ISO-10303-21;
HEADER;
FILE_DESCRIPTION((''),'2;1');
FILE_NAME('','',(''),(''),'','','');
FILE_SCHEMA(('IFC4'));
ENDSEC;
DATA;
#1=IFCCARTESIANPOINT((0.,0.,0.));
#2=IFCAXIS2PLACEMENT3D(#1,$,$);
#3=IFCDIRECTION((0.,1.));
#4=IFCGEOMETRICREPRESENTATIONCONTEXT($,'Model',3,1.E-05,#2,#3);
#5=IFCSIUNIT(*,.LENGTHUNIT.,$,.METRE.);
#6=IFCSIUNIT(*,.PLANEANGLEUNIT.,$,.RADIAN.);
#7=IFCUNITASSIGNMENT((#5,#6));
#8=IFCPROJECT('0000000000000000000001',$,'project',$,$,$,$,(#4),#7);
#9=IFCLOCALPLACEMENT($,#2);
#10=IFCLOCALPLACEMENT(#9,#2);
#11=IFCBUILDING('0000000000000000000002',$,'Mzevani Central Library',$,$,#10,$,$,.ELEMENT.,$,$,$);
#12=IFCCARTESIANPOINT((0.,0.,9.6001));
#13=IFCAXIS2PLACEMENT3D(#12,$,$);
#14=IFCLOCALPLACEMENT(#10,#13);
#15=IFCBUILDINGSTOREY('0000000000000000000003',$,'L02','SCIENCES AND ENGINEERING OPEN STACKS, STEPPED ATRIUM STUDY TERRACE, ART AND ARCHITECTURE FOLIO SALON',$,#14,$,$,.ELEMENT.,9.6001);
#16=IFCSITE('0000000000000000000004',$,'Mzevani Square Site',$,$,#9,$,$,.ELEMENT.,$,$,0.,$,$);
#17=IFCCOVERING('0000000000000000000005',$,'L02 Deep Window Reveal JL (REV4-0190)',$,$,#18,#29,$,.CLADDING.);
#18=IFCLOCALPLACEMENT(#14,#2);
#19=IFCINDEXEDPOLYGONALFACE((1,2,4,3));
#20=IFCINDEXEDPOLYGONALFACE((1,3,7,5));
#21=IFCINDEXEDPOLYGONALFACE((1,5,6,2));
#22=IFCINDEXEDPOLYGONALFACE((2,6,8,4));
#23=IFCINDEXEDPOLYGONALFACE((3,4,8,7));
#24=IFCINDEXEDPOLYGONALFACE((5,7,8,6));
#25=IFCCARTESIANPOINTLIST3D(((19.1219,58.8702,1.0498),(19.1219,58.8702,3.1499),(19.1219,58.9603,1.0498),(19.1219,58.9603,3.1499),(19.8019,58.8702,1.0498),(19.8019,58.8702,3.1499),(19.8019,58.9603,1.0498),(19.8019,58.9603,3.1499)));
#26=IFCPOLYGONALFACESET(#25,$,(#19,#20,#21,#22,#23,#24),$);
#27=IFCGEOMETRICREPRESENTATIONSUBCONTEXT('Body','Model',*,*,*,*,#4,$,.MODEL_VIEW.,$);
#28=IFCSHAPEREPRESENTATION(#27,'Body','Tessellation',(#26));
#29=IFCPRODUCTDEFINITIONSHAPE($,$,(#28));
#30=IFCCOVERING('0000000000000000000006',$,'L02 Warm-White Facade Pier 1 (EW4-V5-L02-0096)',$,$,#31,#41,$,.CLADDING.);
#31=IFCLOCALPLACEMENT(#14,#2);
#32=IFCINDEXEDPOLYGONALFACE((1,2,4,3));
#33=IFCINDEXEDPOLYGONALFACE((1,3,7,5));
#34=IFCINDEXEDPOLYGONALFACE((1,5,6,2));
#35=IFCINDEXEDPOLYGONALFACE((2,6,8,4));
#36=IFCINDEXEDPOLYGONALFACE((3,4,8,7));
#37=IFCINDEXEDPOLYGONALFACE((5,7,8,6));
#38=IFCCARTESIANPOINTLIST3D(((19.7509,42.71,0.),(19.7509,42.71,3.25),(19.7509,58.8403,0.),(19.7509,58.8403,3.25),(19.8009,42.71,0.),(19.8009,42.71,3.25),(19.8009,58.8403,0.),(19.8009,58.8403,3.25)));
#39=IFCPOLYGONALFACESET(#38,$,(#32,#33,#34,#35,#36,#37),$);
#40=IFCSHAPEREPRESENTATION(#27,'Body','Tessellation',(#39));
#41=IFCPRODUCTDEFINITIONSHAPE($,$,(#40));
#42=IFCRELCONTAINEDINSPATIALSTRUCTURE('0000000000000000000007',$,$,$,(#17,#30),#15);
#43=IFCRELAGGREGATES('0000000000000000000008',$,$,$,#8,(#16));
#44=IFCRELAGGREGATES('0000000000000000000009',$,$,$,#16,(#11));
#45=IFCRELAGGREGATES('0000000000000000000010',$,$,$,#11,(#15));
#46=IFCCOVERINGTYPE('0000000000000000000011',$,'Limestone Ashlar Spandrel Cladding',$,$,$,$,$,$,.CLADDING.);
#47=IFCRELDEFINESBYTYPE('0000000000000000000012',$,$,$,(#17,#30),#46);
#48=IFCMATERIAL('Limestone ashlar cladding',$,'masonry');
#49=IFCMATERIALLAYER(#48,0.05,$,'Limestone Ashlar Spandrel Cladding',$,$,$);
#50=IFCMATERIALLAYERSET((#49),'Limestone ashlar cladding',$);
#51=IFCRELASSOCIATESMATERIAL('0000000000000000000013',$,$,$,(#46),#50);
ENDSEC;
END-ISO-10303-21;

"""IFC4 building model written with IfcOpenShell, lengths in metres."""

from ifc_helpers import new_model, si_unit, direction, frame, origin, origin_2d, place, context, subcontext, project, spatial, rectangle, extrude, material, layer, layer_set, type_object, element, save


model = new_model("IFC4")

# Units and contexts
model_context = context("Model", 3, precision=1e-05, world=origin(), true_north=direction((0.0, 1.0)))
body_context = subcontext(model_context, "Body", "Model", "MODEL_VIEW")
ifc_project = project(units=[si_unit("LENGTHUNIT", "METRE"), si_unit("PLANEANGLEUNIT", "RADIAN")], contexts=[model_context])

# Site, building, storey
site_placement = place(None, origin())
site = spatial("IfcSite", under=ifc_project, at=site_placement, Name="Mzevani Square Site", CompositionType="ELEMENT", RefElevation=0.0)
building_placement = place(site_placement, origin())
building = spatial("IfcBuilding", under=site, at=building_placement, Name="Mzevani Central Library", CompositionType="ELEMENT")
storey_placement = place(building_placement, frame((0.0, 0.0, 9.6001)))
storey = spatial("IfcBuildingStorey", under=building, at=storey_placement, Name="L02", Description="SCIENCES AND ENGINEERING OPEN STACKS, STEPPED ATRIUM STUDY TERRACE, ART AND ARCHITECTURE FOLIO SALON", CompositionType="ELEMENT", Elevation=9.6001)

# Coverings
ifc_material_1 = material(Name="Limestone ashlar cladding", Category="masonry")
ifc_layer_1 = layer(ifc_material_1, 0.05, Name="Limestone Ashlar Spandrel Cladding")
ifc_layer_set_1 = layer_set([ifc_layer_1], Name="Limestone ashlar cladding")
covering_type = type_object("IfcCoveringType", Name="Limestone Ashlar Spandrel Cladding", PredefinedType="CLADDING", material=ifc_layer_set_1)
covering_1_placement = place(storey_placement, frame((19.4619, 58.9153, 1.0498), z_axis=(0.0, 0.0, 1.0), x_axis=(0.0, 1.0, 0.0)))
element("IfcCovering", 1, at=covering_1_placement, inside=storey, type_object=covering_type, Name="L02 Deep Window Reveal JL (REV4-0190)", PredefinedType="CLADDING", context=body_context, shape_type="SweptSolid", body=[
    extrude(rectangle(XDim=0.0901, YDim=0.6799, at=origin_2d()), origin(), (0.0, 0.0, 1.0), 2.1001),
])
covering_2_placement = place(storey_placement, frame((19.7759, 50.7751, 0.0), z_axis=(0.0, 0.0, 1.0), x_axis=(0.0, 1.0, 0.0)))
element("IfcCovering", 2, at=covering_2_placement, inside=storey, type_object=covering_type, Name="L02 Warm-White Facade Pier 1 (EW4-V5-L02-0096)", PredefinedType="CLADDING", context=body_context, shape_type="SweptSolid", body=[
    extrude(rectangle(XDim=16.1304, YDim=0.05, at=origin_2d()), origin(), (0.0, 0.0, 1.0), 3.25),
])

save(model, "model.ifc")
